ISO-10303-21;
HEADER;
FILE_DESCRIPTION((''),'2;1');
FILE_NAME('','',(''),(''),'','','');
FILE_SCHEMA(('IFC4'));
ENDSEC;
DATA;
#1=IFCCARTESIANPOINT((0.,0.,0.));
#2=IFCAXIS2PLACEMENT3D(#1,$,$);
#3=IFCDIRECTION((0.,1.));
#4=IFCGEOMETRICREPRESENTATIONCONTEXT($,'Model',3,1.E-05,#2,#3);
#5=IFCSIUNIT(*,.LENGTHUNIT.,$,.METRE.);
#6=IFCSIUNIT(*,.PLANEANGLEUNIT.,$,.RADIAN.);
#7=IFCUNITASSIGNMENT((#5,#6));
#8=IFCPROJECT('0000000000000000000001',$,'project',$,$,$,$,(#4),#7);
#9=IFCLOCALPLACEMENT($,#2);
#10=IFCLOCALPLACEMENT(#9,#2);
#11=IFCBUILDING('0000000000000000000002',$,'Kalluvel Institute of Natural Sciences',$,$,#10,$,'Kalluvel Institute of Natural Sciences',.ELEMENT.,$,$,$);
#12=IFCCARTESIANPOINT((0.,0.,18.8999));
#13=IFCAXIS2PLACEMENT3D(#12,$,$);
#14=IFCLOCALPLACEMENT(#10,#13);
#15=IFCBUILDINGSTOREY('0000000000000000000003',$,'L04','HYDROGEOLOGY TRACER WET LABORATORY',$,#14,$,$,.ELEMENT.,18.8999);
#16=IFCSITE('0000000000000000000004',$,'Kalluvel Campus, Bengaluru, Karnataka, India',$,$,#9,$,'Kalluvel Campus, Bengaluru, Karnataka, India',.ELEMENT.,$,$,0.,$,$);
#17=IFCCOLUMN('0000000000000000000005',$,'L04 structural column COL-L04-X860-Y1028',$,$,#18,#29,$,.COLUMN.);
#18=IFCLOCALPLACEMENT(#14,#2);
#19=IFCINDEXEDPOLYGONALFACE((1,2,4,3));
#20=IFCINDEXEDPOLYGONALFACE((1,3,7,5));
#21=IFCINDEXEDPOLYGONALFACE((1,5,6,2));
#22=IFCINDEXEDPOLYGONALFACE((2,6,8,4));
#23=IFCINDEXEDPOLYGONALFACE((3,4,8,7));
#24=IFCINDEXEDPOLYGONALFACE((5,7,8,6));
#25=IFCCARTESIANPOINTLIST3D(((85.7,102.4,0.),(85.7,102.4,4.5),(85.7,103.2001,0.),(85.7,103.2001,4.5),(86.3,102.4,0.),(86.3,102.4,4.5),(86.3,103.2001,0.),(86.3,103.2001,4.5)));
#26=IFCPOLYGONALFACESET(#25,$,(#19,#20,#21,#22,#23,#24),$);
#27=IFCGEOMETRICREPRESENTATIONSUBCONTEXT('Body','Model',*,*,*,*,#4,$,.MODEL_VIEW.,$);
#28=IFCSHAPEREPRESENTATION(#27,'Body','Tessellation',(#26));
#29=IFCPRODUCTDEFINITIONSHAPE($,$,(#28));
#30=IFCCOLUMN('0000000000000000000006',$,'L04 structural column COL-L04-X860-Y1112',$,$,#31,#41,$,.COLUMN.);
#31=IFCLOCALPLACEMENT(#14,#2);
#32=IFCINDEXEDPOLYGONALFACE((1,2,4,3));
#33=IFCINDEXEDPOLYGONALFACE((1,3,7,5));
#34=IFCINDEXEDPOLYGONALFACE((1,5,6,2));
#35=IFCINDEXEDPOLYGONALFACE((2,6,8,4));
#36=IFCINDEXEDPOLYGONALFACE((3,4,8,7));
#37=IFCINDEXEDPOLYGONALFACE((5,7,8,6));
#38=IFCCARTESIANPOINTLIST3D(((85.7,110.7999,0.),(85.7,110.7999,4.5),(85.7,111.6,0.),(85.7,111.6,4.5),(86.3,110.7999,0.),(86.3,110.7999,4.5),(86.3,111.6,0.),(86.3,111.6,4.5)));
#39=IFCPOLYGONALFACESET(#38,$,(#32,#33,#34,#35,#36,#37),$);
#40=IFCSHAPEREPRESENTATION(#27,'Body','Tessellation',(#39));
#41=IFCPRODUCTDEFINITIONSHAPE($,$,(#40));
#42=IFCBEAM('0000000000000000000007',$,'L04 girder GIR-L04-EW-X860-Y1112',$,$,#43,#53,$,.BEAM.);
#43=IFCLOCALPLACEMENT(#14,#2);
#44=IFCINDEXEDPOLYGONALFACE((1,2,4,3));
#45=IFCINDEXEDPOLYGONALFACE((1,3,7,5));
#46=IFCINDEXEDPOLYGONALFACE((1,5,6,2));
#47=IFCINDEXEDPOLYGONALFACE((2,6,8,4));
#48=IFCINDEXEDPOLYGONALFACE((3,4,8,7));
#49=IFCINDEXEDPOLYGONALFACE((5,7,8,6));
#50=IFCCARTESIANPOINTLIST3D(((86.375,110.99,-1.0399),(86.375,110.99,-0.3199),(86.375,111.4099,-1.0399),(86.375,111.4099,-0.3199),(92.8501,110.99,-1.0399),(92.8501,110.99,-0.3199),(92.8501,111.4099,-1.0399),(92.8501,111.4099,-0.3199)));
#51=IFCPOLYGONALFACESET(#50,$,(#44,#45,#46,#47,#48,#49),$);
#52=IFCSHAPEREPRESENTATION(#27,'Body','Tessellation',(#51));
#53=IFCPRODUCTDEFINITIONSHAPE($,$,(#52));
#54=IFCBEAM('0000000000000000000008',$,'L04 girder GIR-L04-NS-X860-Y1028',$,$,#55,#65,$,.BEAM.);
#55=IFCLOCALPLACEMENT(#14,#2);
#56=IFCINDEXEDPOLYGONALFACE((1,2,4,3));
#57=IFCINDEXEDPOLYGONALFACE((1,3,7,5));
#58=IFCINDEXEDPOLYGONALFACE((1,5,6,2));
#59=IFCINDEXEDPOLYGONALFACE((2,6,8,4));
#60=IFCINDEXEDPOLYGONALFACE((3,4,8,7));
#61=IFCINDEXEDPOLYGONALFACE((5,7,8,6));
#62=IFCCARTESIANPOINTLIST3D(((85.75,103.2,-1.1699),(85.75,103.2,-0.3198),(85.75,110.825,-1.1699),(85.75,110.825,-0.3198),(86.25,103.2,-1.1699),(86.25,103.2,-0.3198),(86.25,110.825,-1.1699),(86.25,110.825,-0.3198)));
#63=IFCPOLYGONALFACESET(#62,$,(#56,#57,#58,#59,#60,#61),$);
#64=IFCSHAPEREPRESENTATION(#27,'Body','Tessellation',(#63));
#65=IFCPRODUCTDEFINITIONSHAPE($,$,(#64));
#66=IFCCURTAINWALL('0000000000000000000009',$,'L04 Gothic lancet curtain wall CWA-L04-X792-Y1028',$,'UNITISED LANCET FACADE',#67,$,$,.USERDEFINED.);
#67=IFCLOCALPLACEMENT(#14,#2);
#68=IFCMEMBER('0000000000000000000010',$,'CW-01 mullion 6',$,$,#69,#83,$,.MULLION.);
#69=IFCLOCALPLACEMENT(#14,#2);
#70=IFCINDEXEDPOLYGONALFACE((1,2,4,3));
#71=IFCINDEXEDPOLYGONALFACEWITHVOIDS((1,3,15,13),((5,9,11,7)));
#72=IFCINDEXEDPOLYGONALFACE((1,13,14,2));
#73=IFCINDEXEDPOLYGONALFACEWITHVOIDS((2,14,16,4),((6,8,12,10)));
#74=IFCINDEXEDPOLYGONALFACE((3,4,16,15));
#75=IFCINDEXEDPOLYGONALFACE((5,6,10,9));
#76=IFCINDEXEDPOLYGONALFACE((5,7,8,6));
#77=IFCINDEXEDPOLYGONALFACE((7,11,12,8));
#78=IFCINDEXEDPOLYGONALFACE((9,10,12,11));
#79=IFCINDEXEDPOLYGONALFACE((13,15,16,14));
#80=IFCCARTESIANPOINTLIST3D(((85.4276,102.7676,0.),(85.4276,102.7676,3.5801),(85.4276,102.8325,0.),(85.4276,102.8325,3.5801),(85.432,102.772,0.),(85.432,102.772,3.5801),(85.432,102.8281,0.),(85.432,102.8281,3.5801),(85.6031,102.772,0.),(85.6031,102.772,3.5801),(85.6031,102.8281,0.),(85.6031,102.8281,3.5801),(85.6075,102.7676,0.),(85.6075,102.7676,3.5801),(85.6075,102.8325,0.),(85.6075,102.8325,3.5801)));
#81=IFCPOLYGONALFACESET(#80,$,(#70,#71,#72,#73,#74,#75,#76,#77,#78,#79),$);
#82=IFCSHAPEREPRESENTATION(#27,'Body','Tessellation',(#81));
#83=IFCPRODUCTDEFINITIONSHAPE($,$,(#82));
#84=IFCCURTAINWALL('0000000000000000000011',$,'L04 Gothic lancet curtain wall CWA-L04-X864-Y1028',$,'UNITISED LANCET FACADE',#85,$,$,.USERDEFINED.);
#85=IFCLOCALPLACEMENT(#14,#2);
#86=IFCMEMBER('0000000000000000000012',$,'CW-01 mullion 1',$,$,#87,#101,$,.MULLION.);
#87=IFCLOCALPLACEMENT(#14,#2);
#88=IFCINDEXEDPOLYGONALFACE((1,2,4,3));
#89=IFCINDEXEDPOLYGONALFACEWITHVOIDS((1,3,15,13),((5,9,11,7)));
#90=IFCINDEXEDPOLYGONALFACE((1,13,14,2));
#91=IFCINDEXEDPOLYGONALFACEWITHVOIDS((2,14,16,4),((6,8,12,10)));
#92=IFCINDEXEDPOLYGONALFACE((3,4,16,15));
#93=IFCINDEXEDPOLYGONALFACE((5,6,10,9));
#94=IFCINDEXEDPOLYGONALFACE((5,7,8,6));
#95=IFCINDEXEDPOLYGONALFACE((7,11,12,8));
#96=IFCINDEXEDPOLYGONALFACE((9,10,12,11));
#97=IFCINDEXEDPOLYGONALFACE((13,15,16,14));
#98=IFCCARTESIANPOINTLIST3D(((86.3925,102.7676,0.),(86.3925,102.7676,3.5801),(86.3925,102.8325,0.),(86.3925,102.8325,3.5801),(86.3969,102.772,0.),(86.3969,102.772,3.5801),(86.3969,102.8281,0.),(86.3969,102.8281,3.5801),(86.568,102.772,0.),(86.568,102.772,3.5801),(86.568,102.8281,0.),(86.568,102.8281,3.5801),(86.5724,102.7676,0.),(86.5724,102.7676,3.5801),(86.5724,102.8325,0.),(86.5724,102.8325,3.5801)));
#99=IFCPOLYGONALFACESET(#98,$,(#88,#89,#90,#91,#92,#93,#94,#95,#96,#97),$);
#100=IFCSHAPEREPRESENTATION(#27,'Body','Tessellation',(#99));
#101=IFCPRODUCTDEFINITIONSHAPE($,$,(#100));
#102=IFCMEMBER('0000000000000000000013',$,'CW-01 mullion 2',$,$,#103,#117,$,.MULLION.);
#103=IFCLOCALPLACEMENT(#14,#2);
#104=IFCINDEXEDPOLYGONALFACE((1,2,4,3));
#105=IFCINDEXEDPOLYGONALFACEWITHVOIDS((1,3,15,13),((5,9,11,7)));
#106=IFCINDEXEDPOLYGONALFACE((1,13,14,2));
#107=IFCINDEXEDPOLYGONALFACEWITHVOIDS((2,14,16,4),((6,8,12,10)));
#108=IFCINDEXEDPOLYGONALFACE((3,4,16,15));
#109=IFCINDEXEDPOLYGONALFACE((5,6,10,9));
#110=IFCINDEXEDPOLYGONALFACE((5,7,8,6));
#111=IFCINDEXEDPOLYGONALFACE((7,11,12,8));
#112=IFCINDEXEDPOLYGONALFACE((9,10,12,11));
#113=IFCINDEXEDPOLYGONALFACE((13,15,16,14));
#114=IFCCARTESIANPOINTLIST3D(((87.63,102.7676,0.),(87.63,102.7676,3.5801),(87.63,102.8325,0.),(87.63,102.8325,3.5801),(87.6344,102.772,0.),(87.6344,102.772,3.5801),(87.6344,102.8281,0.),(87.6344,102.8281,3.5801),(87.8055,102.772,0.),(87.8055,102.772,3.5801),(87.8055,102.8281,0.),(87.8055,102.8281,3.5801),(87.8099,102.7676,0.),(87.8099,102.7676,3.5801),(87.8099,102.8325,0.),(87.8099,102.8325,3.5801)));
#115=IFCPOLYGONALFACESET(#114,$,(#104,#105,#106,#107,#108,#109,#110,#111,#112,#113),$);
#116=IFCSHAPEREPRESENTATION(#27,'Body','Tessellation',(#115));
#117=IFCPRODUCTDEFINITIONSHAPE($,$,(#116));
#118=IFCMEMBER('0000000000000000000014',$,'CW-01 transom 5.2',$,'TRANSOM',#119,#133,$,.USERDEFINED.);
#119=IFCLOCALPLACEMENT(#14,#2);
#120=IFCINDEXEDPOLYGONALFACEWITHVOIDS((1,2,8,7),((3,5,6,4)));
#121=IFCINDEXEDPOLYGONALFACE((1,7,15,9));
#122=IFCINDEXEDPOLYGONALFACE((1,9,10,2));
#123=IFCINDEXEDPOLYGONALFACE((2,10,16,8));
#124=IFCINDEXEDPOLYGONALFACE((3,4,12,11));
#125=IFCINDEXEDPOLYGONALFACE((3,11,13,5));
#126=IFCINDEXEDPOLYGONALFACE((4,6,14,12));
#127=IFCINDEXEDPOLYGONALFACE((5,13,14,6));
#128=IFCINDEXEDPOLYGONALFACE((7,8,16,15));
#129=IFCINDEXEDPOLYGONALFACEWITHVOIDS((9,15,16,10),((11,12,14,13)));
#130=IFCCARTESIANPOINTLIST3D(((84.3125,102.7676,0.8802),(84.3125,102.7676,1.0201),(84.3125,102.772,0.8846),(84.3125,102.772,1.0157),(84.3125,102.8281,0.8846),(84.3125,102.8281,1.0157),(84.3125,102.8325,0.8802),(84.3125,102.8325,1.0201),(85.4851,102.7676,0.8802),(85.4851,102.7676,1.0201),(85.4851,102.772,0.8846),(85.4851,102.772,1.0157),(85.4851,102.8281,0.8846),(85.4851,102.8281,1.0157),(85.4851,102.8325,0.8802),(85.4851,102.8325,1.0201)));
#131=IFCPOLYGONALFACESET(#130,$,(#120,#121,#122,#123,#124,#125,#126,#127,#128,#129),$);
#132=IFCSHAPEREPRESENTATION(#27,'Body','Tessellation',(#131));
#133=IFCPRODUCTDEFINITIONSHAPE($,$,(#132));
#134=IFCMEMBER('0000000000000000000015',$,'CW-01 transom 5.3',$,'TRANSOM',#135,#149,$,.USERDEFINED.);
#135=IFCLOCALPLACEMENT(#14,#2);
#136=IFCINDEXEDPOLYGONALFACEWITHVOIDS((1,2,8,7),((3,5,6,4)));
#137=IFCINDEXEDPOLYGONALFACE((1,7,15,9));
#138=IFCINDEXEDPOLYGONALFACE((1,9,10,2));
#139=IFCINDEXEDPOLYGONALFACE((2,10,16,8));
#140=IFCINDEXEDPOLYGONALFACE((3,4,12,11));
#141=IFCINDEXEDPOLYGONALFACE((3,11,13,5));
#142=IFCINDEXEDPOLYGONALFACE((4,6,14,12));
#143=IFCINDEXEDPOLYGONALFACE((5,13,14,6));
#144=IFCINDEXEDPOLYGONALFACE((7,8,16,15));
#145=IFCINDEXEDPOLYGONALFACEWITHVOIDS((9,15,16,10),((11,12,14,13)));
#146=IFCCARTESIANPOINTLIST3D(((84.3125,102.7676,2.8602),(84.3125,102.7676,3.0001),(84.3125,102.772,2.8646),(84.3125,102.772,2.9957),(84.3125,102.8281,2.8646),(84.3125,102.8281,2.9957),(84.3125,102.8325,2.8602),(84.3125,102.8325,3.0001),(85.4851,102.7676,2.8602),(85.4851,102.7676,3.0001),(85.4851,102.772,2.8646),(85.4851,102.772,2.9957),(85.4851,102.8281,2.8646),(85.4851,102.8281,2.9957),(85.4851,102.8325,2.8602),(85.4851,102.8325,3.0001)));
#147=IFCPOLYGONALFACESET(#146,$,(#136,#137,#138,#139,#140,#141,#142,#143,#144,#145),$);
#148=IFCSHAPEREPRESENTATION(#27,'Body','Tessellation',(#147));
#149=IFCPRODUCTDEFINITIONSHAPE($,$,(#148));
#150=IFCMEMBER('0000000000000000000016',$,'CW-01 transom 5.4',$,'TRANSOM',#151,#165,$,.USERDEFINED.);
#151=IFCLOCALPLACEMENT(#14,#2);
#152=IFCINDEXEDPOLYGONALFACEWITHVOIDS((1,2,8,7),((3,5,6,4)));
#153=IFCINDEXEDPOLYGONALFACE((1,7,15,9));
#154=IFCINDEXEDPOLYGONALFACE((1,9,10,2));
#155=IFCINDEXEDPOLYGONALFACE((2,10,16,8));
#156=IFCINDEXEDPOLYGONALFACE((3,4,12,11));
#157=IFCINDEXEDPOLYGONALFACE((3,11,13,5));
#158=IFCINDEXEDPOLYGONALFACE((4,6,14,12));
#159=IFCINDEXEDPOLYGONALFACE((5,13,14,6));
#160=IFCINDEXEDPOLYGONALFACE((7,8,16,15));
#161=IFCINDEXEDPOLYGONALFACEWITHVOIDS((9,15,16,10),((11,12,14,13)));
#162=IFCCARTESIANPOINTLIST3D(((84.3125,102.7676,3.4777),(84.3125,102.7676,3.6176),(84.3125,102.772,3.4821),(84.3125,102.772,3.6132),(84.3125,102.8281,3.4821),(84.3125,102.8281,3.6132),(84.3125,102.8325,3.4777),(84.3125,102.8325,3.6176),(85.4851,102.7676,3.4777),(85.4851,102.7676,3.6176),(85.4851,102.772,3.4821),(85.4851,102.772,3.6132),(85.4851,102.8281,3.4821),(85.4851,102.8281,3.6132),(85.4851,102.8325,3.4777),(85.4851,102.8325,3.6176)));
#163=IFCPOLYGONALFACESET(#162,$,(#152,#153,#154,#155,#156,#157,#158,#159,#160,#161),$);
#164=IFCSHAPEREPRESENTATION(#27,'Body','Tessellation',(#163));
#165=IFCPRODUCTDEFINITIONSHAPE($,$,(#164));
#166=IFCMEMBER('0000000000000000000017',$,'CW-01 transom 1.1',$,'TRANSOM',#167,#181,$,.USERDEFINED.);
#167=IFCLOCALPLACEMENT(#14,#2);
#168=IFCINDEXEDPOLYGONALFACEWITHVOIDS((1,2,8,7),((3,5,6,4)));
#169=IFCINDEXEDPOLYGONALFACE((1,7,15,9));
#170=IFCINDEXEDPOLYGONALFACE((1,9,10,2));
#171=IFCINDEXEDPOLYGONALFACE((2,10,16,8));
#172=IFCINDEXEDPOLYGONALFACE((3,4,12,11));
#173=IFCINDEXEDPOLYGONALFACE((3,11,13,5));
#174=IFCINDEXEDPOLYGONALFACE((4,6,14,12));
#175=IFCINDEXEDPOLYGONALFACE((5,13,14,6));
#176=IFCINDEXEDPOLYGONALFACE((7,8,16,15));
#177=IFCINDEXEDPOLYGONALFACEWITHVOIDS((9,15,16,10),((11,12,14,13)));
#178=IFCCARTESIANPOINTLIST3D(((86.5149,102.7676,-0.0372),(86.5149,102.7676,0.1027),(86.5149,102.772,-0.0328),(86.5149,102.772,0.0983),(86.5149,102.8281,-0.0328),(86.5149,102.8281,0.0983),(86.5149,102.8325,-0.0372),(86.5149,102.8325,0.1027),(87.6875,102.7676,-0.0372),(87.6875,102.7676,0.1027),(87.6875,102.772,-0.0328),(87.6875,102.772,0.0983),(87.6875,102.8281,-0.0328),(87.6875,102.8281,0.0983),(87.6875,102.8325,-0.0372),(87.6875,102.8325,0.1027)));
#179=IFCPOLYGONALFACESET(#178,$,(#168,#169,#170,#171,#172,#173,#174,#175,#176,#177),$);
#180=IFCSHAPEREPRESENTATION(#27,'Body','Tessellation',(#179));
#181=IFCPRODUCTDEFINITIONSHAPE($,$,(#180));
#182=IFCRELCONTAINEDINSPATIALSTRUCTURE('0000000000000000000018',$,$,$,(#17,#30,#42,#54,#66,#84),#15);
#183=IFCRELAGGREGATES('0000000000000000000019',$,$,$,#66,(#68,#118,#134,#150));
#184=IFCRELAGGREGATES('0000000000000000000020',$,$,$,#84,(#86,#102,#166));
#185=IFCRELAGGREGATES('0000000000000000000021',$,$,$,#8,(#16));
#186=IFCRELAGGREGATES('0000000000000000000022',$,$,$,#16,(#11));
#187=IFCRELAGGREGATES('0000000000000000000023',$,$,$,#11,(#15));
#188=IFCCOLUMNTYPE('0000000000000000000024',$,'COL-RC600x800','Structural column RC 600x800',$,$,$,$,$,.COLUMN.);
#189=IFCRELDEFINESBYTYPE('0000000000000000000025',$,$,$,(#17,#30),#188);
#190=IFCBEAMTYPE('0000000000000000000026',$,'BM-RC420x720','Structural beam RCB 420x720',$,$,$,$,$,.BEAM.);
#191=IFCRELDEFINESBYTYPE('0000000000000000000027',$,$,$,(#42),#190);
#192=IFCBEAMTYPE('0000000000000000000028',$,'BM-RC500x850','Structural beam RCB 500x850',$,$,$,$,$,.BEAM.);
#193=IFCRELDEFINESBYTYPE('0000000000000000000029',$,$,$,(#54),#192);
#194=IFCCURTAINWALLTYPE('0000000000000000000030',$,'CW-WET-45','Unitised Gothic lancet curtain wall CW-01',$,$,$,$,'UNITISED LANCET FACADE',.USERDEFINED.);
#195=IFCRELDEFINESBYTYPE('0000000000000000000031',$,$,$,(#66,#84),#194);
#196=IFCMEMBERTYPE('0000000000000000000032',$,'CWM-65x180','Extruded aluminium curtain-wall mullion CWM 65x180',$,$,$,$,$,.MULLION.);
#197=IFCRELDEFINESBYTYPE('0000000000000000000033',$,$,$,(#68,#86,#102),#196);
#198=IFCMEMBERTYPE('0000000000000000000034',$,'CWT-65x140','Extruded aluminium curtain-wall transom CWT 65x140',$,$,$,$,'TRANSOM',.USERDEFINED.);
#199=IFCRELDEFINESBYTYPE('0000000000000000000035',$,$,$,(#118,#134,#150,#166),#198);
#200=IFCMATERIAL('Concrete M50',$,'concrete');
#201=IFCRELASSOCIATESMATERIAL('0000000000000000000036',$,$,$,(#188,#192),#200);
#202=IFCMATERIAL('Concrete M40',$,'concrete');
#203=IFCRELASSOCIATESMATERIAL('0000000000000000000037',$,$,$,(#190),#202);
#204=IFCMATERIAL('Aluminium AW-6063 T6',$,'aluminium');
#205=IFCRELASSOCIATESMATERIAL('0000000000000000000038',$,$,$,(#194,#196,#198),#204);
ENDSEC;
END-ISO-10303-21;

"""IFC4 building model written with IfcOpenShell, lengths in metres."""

from ifc_helpers import new_model, si_unit, direction, frame, origin, origin_2d, place, context, subcontext, project, spatial, rectangle, hollow_rectangle, extrude, material, material_profile, profile_set, type_object, element, aggregate, save


model = new_model("IFC4")

# Units and contexts
model_context = context("Model", 3, precision=1e-05, world=origin(), true_north=direction((0.0, 1.0)))
body_context = subcontext(model_context, "Body", "Model", "MODEL_VIEW")
ifc_project = project(units=[si_unit("LENGTHUNIT", "METRE"), si_unit("PLANEANGLEUNIT", "RADIAN")], contexts=[model_context])

# Site, building, storey
site_placement = place(None, origin())
site = spatial("IfcSite", under=ifc_project, at=site_placement, Name="Kalluvel Campus, Bengaluru, Karnataka, India", LongName="Kalluvel Campus, Bengaluru, Karnataka, India", CompositionType="ELEMENT", RefElevation=0.0)
building_placement = place(site_placement, origin())
building = spatial("IfcBuilding", under=site, at=building_placement, Name="Kalluvel Institute of Natural Sciences", LongName="Kalluvel Institute of Natural Sciences", CompositionType="ELEMENT")
storey_placement = place(building_placement, frame((0.0, 0.0, 18.8999)))
storey = spatial("IfcBuildingStorey", under=building, at=storey_placement, Name="L04", Description="HYDROGEOLOGY TRACER WET LABORATORY", CompositionType="ELEMENT", Elevation=18.8999)

# Columns
ifc_material_1 = material(Name="Concrete M50", Category="concrete")
ifc_material_profile_1 = material_profile(ifc_material_1, rectangle(XDim=0.6001, YDim=0.8, at=origin_2d()), Name="RC 600x800")
ifc_profile_set_1 = profile_set([ifc_material_profile_1], Name="Concrete M50")
column_type = type_object("IfcColumnType", Name="COL-RC600x800", Description="Structural column RC 600x800", PredefinedType="COLUMN", material=ifc_profile_set_1)
for number, where, z_axis, x_axis, name in (
    (1, (86.0, 102.8, 0.0), (0.0, 0.0, 1.0), (1.0, 0.0, 0.0), "L04 structural column COL-L04-X860-Y1028"),
    (2, (86.0, 111.2, 0.0), (0.0, 0.0, 1.0), (1.0, 0.0, 0.0), "L04 structural column COL-L04-X860-Y1112"),
):
    element("IfcColumn", number, at=place(storey_placement, frame(where, z_axis=z_axis, x_axis=x_axis)), inside=storey, type_object=column_type, Name=name, PredefinedType="COLUMN", context=body_context, shape_type="SweptSolid", body=[
        extrude(rectangle(XDim=0.6001, YDim=0.8, at=origin_2d()), origin(), (0.0, 0.0, 1.0), 4.5),
    ])

# Beams
ifc_material_2 = material(Name="Concrete M40", Category="concrete")
ifc_material_profile_2 = material_profile(ifc_material_2, rectangle(XDim=0.4199, YDim=0.72, at=origin_2d()), Name="RCB 420x720")
ifc_profile_set_2 = profile_set([ifc_material_profile_2], Name="Concrete M40")
beam_type_1 = type_object("IfcBeamType", Name="BM-RC420x720", Description="Structural beam RCB 420x720", PredefinedType="BEAM", material=ifc_profile_set_2)
beam_1_placement = place(storey_placement, frame((86.375, 111.2, -0.6799), z_axis=(1.0, 0.0, 0.0), x_axis=(0.0, 1.0, 0.0)))
element("IfcBeam", 3, at=beam_1_placement, inside=storey, type_object=beam_type_1, Name="L04 girder GIR-L04-EW-X860-Y1112", PredefinedType="BEAM", context=body_context, shape_type="SweptSolid", body=[
    extrude(rectangle(XDim=0.4199, YDim=0.72, at=origin_2d()), origin(), (0.0, 0.0, 1.0), 6.4751),
])
ifc_material_profile_3 = material_profile(ifc_material_1, rectangle(XDim=0.5, YDim=0.8501, at=origin_2d()), Name="RCB 500x850")
ifc_profile_set_3 = profile_set([ifc_material_profile_3], Name="Concrete M50")
beam_type_2 = type_object("IfcBeamType", Name="BM-RC500x850", Description="Structural beam RCB 500x850", PredefinedType="BEAM", material=ifc_profile_set_3)
beam_2_placement = place(storey_placement, frame((86.0, 103.2, -0.7449), z_axis=(0.0, 1.0, 0.0), x_axis=(-1.0, 0.0, 0.0)))
element("IfcBeam", 4, at=beam_2_placement, inside=storey, type_object=beam_type_2, Name="L04 girder GIR-L04-NS-X860-Y1028", PredefinedType="BEAM", context=body_context, shape_type="SweptSolid", body=[
    extrude(rectangle(XDim=0.5, YDim=0.8501, at=origin_2d()), origin(), (0.0, 0.0, 1.0), 7.625),
])

# Curtain wall, member
ifc_material_3 = material(Name="Aluminium AW-6063 T6", Category="aluminium")
curtain_wall_type = type_object("IfcCurtainWallType", Name="CW-WET-45", Description="Unitised Gothic lancet curtain wall CW-01", ElementType="UNITISED LANCET FACADE", PredefinedType="USERDEFINED", material=ifc_material_3)
curtain_wall_1_placement = place(storey_placement, origin())
curtain_wall_1 = element("IfcCurtainWall", 5, at=curtain_wall_1_placement, inside=storey, type_object=curtain_wall_type, Name="L04 Gothic lancet curtain wall CWA-L04-X792-Y1028", ObjectType="UNITISED LANCET FACADE", PredefinedType="USERDEFINED")
ifc_material_profile_4 = material_profile(ifc_material_3, hollow_rectangle(XDim=0.0649, YDim=0.1799, WallThickness=0.0044, at=origin_2d()), Name="CWM 65x180")
ifc_profile_set_4 = profile_set([ifc_material_profile_4], Name="Aluminium AW-6063 T6")
member_type_1 = type_object("IfcMemberType", Name="CWM-65x180", Description="Extruded aluminium curtain-wall mullion CWM 65x180", PredefinedType="MULLION", material=ifc_profile_set_4)
member_1_placement = place(storey_placement, frame((85.5176, 102.8, 0.0), z_axis=(0.0, 0.0, 1.0), x_axis=(0.0, 1.0, 0.0)))
member_1 = element("IfcMember", 6, at=member_1_placement, type_object=member_type_1, Name="CW-01 mullion 6", PredefinedType="MULLION", context=body_context, shape_type="SweptSolid", body=[
    extrude(hollow_rectangle(XDim=0.0649, YDim=0.1799, WallThickness=0.0044, at=origin_2d()), origin(), (0.0, 0.0, 1.0), 3.5801),
])

# Curtain wall, members
curtain_wall_2_placement = place(storey_placement, origin())
curtain_wall_2 = element("IfcCurtainWall", 7, at=curtain_wall_2_placement, inside=storey, type_object=curtain_wall_type, Name="L04 Gothic lancet curtain wall CWA-L04-X864-Y1028", ObjectType="UNITISED LANCET FACADE", PredefinedType="USERDEFINED")
member_2_placement = place(storey_placement, frame((86.4824, 102.8, 0.0), z_axis=(0.0, 0.0, 1.0), x_axis=(0.0, 1.0, 0.0)))
member_2 = element("IfcMember", 8, at=member_2_placement, type_object=member_type_1, Name="CW-01 mullion 1", PredefinedType="MULLION", context=body_context, shape_type="SweptSolid", body=[
    extrude(hollow_rectangle(XDim=0.0649, YDim=0.1799, WallThickness=0.0044, at=origin_2d()), origin(), (0.0, 0.0, 1.0), 3.5801),
])
member_3_placement = place(storey_placement, frame((87.72, 102.8, 0.0), z_axis=(0.0, 0.0, 1.0), x_axis=(0.0, 1.0, 0.0)))
member_3 = element("IfcMember", 9, at=member_3_placement, type_object=member_type_1, Name="CW-01 mullion 2", PredefinedType="MULLION", context=body_context, shape_type="SweptSolid", body=[
    extrude(hollow_rectangle(XDim=0.0649, YDim=0.1799, WallThickness=0.0044, at=origin_2d()), origin(), (0.0, 0.0, 1.0), 3.5801),
])

# Members
ifc_material_profile_5 = material_profile(ifc_material_3, hollow_rectangle(XDim=0.0649, YDim=0.1399, WallThickness=0.0044, at=origin_2d()), Name="CWT 65x140")
ifc_profile_set_5 = profile_set([ifc_material_profile_5], Name="Aluminium AW-6063 T6")
member_type_2 = type_object("IfcMemberType", Name="CWT-65x140", Description="Extruded aluminium curtain-wall transom CWT 65x140", ElementType="TRANSOM", PredefinedType="USERDEFINED", material=ifc_profile_set_5)
member_4_placement = place(storey_placement, frame((84.3125, 102.8, 0.9502), z_axis=(1.0, 0.0, 0.0), x_axis=(0.0, 1.0, 0.0)))
member_4 = element("IfcMember", 10, at=member_4_placement, type_object=member_type_2, Name="CW-01 transom 5.2", ObjectType="TRANSOM", PredefinedType="USERDEFINED", context=body_context, shape_type="SweptSolid", body=[
    extrude(hollow_rectangle(XDim=0.0649, YDim=0.1399, WallThickness=0.0044, at=origin_2d()), origin(), (0.0, 0.0, 1.0), 1.1726),
])
member_5_placement = place(storey_placement, frame((84.3125, 102.8, 2.9302), z_axis=(1.0, 0.0, 0.0), x_axis=(0.0, 1.0, 0.0)))
member_5 = element("IfcMember", 11, at=member_5_placement, type_object=member_type_2, Name="CW-01 transom 5.3", ObjectType="TRANSOM", PredefinedType="USERDEFINED", context=body_context, shape_type="SweptSolid", body=[
    extrude(hollow_rectangle(XDim=0.0649, YDim=0.1399, WallThickness=0.0044, at=origin_2d()), origin(), (0.0, 0.0, 1.0), 1.1726),
])
member_6_placement = place(storey_placement, frame((84.3125, 102.8, 3.5476), z_axis=(1.0, 0.0, 0.0), x_axis=(0.0, 1.0, 0.0)))
member_6 = element("IfcMember", 12, at=member_6_placement, type_object=member_type_2, Name="CW-01 transom 5.4", ObjectType="TRANSOM", PredefinedType="USERDEFINED", context=body_context, shape_type="SweptSolid", body=[
    extrude(hollow_rectangle(XDim=0.0649, YDim=0.1399, WallThickness=0.0044, at=origin_2d()), origin(), (0.0, 0.0, 1.0), 1.1726),
])
member_7_placement = place(storey_placement, frame((86.5149, 102.8, 0.0327), z_axis=(1.0, 0.0, 0.0), x_axis=(0.0, 1.0, 0.0)))
member_7 = element("IfcMember", 13, at=member_7_placement, type_object=member_type_2, Name="CW-01 transom 1.1", ObjectType="TRANSOM", PredefinedType="USERDEFINED", context=body_context, shape_type="SweptSolid", body=[
    extrude(hollow_rectangle(XDim=0.0649, YDim=0.1399, WallThickness=0.0044, at=origin_2d()), origin(), (0.0, 0.0, 1.0), 1.1726),
])

aggregate(curtain_wall_1, [member_1, member_4, member_5, member_6])
aggregate(curtain_wall_2, [member_2, member_3, member_7])

save(model, "model.ifc")
